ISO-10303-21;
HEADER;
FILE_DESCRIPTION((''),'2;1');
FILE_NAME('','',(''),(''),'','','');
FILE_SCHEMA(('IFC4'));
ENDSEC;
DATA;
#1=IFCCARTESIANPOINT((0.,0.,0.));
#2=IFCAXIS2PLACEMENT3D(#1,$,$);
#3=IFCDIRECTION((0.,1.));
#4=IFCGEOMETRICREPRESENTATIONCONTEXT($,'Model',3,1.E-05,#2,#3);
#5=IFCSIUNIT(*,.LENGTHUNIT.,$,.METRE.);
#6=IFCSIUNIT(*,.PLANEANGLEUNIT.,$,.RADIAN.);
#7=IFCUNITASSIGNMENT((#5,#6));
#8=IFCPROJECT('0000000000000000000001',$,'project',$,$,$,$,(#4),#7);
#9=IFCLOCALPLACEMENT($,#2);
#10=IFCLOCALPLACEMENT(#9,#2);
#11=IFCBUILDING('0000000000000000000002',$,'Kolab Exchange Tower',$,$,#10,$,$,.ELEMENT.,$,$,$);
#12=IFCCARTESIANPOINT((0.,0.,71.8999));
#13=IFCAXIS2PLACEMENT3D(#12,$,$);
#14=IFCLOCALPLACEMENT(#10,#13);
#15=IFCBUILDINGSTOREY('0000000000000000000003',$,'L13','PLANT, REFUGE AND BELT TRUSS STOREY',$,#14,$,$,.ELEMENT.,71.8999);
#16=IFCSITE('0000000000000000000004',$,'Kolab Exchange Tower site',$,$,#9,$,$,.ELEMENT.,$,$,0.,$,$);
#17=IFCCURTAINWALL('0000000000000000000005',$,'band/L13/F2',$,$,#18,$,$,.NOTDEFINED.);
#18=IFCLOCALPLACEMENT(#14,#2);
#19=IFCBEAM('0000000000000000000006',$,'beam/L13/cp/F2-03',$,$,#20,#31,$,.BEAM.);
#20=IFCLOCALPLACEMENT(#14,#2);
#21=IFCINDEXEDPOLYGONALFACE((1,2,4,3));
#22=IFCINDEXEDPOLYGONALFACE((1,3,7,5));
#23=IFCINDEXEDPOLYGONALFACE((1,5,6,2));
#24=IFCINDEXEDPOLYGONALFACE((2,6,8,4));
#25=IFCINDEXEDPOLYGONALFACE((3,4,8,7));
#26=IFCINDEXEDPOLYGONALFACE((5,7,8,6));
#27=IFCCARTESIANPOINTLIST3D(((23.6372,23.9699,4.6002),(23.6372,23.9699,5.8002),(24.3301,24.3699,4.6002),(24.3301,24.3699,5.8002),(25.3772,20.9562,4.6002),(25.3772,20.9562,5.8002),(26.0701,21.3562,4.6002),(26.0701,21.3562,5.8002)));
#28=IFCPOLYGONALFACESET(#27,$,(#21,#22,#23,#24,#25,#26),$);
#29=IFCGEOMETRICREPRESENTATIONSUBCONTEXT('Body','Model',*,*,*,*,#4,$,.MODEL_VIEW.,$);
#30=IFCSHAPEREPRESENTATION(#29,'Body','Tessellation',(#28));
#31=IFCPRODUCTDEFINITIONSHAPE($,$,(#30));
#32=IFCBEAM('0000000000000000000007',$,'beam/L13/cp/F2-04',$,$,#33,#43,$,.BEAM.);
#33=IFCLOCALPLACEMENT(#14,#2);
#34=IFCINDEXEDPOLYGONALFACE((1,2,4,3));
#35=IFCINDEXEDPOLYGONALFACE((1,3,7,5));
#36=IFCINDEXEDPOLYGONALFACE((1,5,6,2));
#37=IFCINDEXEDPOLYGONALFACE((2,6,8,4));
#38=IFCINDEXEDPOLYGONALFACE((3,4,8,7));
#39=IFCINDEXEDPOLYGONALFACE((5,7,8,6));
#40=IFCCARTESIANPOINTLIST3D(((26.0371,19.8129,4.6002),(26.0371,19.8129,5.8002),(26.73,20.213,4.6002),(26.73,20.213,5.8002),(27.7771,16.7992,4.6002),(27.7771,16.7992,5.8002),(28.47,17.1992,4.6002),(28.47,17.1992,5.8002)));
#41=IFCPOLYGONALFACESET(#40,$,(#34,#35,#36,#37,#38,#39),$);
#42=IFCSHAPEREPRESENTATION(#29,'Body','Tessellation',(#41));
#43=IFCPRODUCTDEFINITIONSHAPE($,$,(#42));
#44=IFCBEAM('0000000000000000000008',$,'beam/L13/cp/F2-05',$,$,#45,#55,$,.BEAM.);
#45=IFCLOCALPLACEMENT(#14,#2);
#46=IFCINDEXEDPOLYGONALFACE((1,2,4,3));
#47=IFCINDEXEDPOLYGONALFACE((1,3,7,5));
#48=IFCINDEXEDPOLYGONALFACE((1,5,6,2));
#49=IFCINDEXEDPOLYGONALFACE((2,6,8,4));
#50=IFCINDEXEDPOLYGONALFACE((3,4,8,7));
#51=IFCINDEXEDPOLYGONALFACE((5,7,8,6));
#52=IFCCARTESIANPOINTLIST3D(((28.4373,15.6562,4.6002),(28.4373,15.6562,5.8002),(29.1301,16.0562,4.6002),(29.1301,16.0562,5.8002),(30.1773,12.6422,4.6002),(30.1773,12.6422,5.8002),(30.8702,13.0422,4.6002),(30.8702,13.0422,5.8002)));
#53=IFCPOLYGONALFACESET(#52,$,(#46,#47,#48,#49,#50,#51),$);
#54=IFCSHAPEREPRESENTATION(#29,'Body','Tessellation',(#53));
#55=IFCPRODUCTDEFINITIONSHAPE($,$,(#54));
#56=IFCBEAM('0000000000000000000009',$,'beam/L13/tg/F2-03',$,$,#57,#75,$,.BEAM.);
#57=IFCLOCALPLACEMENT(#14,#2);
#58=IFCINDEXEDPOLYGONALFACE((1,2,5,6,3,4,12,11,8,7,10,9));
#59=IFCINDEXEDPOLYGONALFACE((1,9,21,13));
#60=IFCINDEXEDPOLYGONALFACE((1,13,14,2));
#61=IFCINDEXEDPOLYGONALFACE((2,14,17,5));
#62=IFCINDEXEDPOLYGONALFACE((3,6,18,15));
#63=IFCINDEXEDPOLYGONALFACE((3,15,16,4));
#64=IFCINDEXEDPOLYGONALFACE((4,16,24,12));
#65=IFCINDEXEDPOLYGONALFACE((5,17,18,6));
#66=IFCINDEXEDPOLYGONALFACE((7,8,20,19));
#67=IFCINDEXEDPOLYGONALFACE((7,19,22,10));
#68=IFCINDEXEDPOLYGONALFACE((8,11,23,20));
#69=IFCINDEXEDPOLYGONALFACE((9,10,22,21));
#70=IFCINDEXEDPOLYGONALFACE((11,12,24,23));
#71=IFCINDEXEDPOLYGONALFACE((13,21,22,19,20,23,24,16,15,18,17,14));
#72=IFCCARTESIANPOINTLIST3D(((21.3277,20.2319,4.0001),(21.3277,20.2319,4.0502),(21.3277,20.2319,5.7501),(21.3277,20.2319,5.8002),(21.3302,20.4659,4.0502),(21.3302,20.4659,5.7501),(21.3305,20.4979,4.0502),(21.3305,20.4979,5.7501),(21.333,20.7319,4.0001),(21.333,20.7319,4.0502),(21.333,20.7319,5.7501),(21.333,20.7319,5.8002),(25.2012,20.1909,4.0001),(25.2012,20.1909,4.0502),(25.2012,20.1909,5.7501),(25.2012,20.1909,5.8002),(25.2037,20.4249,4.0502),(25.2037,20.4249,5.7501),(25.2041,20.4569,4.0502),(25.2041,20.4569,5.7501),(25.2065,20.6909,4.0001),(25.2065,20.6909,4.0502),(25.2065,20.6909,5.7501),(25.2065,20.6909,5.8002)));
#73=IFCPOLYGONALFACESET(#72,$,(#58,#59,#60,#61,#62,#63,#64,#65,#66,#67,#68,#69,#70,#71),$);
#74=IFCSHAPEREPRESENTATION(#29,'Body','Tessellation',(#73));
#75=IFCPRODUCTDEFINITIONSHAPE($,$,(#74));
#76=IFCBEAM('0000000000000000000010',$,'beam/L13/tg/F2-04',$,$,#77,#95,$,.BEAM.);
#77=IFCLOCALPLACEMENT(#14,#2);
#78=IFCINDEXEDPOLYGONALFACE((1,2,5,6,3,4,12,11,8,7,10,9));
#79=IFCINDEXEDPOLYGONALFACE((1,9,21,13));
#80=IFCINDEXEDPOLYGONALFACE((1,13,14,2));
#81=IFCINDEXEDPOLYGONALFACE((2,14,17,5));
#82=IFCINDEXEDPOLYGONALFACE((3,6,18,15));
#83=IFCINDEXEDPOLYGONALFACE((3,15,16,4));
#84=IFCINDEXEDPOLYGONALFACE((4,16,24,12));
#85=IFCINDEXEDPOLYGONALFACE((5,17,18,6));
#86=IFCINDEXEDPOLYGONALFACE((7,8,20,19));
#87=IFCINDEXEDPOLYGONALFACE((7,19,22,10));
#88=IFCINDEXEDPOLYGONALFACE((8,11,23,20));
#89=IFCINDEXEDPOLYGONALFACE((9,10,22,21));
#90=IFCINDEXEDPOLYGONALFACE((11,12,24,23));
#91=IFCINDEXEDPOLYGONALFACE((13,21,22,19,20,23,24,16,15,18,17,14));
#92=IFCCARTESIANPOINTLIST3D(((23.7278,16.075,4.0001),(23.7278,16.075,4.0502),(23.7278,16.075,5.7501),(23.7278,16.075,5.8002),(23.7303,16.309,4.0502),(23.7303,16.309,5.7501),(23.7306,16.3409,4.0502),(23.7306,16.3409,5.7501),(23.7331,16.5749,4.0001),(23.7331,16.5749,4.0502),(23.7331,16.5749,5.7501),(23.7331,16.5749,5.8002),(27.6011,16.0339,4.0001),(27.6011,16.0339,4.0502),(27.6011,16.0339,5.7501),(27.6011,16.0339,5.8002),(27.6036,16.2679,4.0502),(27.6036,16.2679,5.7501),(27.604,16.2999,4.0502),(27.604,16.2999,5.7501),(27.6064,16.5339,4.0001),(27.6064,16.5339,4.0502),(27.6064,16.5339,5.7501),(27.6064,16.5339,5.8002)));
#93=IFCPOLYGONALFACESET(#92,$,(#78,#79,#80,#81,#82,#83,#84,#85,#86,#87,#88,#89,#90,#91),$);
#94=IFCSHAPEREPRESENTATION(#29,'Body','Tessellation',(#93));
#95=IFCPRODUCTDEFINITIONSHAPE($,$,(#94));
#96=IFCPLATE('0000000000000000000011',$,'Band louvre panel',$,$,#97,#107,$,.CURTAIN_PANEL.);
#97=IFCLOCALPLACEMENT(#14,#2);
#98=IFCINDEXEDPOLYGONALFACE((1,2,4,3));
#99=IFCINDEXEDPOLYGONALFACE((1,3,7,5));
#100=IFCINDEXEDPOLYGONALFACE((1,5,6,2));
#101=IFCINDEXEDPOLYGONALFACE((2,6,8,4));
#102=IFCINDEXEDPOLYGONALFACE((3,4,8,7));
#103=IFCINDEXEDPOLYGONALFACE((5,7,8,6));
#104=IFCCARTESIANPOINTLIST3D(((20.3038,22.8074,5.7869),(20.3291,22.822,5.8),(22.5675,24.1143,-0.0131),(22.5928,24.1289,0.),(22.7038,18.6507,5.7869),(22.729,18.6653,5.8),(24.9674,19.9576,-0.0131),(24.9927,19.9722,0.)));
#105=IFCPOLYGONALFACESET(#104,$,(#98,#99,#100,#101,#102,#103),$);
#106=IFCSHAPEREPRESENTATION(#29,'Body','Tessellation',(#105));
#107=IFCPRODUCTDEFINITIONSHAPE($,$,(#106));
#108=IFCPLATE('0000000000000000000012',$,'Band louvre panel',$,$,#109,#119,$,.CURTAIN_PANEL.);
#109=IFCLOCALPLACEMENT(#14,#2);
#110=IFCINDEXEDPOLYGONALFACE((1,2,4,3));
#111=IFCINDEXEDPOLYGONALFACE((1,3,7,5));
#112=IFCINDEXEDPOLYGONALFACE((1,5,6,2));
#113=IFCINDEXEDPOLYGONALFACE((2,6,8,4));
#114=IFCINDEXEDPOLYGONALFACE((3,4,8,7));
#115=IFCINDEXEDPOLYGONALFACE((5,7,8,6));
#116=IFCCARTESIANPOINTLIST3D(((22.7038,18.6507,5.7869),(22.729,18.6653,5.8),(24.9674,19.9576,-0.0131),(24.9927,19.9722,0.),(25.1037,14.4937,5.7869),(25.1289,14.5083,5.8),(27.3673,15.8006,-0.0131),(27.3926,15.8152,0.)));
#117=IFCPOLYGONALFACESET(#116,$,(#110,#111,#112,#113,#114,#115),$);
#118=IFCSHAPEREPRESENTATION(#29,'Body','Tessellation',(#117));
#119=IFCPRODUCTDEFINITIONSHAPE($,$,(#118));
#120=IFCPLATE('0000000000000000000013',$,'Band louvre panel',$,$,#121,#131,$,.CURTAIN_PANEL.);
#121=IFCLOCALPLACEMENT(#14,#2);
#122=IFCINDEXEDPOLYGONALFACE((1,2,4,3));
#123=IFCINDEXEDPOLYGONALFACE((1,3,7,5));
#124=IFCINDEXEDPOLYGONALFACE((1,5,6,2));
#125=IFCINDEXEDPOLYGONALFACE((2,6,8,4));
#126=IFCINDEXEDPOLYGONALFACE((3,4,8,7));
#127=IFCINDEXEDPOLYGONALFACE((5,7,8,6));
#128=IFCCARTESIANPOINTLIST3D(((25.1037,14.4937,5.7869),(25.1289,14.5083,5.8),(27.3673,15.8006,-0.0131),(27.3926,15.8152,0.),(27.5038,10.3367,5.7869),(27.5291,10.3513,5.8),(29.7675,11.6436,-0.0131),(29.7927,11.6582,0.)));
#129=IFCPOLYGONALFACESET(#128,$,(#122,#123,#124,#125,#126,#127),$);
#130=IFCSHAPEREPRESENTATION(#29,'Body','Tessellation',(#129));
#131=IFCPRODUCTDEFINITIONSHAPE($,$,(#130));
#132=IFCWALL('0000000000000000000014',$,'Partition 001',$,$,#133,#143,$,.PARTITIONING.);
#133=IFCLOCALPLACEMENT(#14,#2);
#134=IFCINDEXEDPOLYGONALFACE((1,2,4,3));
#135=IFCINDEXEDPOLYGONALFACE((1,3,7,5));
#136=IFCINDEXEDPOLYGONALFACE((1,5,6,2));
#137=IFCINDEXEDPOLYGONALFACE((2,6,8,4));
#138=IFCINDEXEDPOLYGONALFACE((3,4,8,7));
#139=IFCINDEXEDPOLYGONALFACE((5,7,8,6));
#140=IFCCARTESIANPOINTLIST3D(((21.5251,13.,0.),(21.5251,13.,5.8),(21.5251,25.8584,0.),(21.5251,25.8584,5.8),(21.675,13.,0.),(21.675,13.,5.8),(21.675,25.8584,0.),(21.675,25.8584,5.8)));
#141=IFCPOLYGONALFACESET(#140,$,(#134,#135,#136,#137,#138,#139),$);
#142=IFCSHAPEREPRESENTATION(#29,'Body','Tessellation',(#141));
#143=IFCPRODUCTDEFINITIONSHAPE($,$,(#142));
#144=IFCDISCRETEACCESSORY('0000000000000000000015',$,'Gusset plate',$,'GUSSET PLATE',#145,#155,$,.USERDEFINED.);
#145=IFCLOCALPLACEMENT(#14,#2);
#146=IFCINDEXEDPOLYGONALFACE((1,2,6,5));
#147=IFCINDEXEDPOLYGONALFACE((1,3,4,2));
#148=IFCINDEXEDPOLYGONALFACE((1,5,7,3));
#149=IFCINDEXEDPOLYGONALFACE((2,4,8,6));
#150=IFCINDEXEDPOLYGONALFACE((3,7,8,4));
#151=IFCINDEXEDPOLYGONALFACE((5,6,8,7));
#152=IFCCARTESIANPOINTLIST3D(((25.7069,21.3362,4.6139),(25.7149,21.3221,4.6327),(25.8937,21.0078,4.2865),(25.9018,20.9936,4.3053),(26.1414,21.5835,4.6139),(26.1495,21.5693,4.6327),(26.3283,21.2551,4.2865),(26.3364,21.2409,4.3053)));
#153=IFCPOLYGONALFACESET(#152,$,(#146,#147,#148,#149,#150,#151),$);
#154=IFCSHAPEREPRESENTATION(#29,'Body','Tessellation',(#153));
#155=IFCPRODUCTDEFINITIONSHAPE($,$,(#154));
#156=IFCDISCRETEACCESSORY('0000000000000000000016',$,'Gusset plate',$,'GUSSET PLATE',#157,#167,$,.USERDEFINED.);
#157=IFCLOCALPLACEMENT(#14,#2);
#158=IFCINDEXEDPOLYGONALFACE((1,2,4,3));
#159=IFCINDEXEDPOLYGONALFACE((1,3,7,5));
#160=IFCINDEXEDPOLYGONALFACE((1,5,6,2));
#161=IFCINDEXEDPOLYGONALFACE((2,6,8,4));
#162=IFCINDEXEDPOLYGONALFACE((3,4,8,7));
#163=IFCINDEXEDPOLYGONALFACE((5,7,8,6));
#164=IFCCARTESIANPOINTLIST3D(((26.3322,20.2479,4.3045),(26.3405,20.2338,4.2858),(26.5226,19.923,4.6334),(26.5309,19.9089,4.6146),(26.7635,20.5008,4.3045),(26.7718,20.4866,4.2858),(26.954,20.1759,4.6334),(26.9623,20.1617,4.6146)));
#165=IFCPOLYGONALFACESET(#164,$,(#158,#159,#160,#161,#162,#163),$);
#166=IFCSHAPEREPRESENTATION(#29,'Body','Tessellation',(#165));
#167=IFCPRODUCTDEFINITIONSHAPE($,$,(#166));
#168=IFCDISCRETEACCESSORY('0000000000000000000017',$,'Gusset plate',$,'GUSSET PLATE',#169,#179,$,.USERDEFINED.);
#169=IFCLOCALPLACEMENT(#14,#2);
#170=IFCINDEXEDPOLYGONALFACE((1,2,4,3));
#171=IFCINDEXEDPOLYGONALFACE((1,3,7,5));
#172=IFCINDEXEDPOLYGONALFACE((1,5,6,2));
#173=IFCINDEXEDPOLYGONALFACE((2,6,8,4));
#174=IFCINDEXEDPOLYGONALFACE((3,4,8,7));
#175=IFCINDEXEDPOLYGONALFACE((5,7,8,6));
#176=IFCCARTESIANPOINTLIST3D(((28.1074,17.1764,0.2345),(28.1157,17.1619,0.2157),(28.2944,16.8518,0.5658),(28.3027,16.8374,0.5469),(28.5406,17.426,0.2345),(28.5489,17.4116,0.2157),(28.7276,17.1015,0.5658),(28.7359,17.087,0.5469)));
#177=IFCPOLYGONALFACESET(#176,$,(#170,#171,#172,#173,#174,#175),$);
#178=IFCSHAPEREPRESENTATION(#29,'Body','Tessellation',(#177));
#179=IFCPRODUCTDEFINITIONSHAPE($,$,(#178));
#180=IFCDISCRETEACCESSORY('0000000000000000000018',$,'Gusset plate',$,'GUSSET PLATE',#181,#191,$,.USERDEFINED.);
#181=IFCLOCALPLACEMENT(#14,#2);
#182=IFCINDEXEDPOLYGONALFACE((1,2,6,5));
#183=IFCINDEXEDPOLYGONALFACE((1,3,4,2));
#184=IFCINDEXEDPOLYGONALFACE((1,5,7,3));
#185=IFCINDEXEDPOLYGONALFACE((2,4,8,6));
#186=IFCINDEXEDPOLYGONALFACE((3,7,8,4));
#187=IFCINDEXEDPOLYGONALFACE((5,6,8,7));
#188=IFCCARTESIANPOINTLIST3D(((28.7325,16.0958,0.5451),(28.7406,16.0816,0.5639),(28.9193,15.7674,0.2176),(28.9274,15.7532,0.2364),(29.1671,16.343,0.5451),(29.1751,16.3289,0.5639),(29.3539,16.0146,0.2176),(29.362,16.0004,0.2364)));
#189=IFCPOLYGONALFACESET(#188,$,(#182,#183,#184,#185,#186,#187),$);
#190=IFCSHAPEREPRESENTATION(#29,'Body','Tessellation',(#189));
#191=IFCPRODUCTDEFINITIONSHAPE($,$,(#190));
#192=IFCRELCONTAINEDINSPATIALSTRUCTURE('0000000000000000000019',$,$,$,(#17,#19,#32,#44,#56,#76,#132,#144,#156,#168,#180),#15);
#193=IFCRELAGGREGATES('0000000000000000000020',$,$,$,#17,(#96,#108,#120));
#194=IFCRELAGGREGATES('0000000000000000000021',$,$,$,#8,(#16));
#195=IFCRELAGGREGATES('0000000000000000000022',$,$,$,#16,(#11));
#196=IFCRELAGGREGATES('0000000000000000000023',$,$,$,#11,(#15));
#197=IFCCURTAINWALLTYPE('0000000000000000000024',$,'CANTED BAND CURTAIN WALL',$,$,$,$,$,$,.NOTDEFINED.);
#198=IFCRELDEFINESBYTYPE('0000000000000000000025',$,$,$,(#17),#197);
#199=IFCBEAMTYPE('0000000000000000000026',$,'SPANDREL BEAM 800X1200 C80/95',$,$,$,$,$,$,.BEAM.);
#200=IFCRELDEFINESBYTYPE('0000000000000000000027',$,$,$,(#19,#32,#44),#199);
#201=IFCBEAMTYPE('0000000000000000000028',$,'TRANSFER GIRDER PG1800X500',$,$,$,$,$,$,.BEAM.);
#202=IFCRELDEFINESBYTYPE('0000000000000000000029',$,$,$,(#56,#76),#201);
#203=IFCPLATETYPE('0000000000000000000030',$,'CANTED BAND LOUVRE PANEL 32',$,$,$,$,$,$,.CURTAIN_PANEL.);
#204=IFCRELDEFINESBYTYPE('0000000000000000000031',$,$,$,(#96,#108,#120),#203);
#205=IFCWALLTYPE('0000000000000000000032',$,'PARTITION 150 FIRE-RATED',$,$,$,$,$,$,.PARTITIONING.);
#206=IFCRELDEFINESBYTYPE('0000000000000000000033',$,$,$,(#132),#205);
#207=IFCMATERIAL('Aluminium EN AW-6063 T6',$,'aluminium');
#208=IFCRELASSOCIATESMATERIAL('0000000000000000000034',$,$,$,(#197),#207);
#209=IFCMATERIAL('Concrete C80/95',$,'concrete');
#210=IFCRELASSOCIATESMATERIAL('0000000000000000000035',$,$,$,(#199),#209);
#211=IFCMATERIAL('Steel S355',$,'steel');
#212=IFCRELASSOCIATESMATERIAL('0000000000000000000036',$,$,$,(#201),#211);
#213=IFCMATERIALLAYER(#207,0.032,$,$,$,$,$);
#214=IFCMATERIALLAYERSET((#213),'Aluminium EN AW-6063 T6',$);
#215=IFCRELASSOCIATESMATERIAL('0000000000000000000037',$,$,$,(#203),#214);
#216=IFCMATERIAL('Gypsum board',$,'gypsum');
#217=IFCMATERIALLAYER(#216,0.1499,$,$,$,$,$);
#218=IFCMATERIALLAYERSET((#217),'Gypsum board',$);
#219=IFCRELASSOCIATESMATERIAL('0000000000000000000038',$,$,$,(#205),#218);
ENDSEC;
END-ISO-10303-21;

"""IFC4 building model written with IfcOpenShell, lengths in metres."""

from ifc_helpers import new_model, si_unit, direction, frame, frame_2d, origin, origin_2d, place, context, subcontext, project, spatial, polyline, rectangle, i_section, outline, extrude, material, layer, layer_set, material_profile, profile_set, type_object, element, aggregate, save


model = new_model("IFC4")

# Units and contexts
model_context = context("Model", 3, precision=1e-05, world=origin(), true_north=direction((0.0, 1.0)))
body_context = subcontext(model_context, "Body", "Model", "MODEL_VIEW")
ifc_project = project(units=[si_unit("LENGTHUNIT", "METRE"), si_unit("PLANEANGLEUNIT", "RADIAN")], contexts=[model_context])

# Site, building, storey
site_placement = place(None, origin())
site = spatial("IfcSite", under=ifc_project, at=site_placement, Name="Kolab Exchange Tower site", CompositionType="ELEMENT", RefElevation=0.0)
building_placement = place(site_placement, origin())
building = spatial("IfcBuilding", under=site, at=building_placement, Name="Kolab Exchange Tower", CompositionType="ELEMENT")
storey_placement = place(building_placement, frame((0.0, 0.0, 71.8999)))
storey = spatial("IfcBuildingStorey", under=building, at=storey_placement, Name="L13", Description="PLANT, REFUGE AND BELT TRUSS STOREY", CompositionType="ELEMENT", Elevation=71.8999)

# Shared definitions
ifc_material_1 = material(Name="Concrete C80/95", Category="concrete")

# Shared definitions
ifc_material_2 = material(Name="Steel S355", Category="steel")

# Curtain wall
ifc_material_3 = material(Name="Aluminium EN AW-6063 T6", Category="aluminium")
curtain_wall_type = type_object("IfcCurtainWallType", Name="CANTED BAND CURTAIN WALL", PredefinedType="NOTDEFINED", material=ifc_material_3)
curtain_wall_placement = place(storey_placement, origin())
curtain_wall = element("IfcCurtainWall", 1, at=curtain_wall_placement, inside=storey, type_object=curtain_wall_type, Name="band/L13/F2", PredefinedType="NOTDEFINED")

# Beams
ifc_material_profile_1 = material_profile(ifc_material_1, rectangle(XDim=0.8, YDim=1.2, at=origin_2d()), Name="RC800X1200")
ifc_profile_set_1 = profile_set([ifc_material_profile_1], Name="Concrete C80/95")
beam_type_1 = type_object("IfcBeamType", Name="SPANDREL BEAM 800X1200 C80/95", PredefinedType="BEAM", material=ifc_profile_set_1)
for number, where, z_axis, x_axis, name in (
    (2, (23.9836, 24.1699, 5.2002), (0.50001, -0.86602, 0.0), (0.86602, 0.50001, 0.0), "beam/L13/cp/F2-03"),
    (3, (26.3835, 20.0129, 5.2002), (0.50001, -0.86602, 0.0), (0.86602, 0.50001, 0.0), "beam/L13/cp/F2-04"),
):
    element("IfcBeam", number, at=place(storey_placement, frame(where, z_axis=z_axis, x_axis=x_axis)), inside=storey, type_object=beam_type_1, Name=name, PredefinedType="BEAM", context=body_context, shape_type="SweptSolid", body=[
        extrude(rectangle(XDim=0.8, YDim=1.2, at=origin_2d()), origin(), (0.0, 0.0, 1.0), 3.48),
    ])
beam_1_placement = place(storey_placement, frame((28.7837, 15.8562, 5.2002), z_axis=(0.49998, -0.866037, 0.0), x_axis=(0.866037, 0.49998, 0.0)))
element("IfcBeam", 4, at=beam_1_placement, inside=storey, type_object=beam_type_1, Name="beam/L13/cp/F2-05", PredefinedType="BEAM", context=body_context, shape_type="SweptSolid", body=[
    extrude(rectangle(XDim=0.8, YDim=1.2, at=origin_2d()), origin(), (0.0, 0.0, 1.0), 3.4802),
])
ifc_material_profile_2 = material_profile(ifc_material_2, i_section(OverallWidth=0.5, OverallDepth=1.8, WebThickness=0.032, FlangeThickness=0.05, at=origin_2d()), Name="PG1800X500")
ifc_profile_set_2 = profile_set([ifc_material_profile_2], Name="Steel S355")
beam_type_2 = type_object("IfcBeamType", Name="TRANSFER GIRDER PG1800X500", PredefinedType="BEAM", material=ifc_profile_set_2)
beam_2_placement = place(storey_placement, frame((21.3303, 20.4819, 4.9001), z_axis=(0.999944, -0.010588, 0.0), x_axis=(0.010588, 0.999944, 0.0)))
element("IfcBeam", 5, at=beam_2_placement, inside=storey, type_object=beam_type_2, Name="beam/L13/tg/F2-03", PredefinedType="BEAM", context=body_context, shape_type="SweptSolid", body=[
    extrude(i_section(OverallWidth=0.5, OverallDepth=1.8, WebThickness=0.032, FlangeThickness=0.05, at=origin_2d()), origin(), (0.0, 0.0, 1.0), 3.8738),
])
beam_3_placement = place(storey_placement, frame((23.7305, 16.325, 4.9001), z_axis=(0.999944, -0.010589, 0.0), x_axis=(0.010589, 0.999944, 0.0)))
element("IfcBeam", 6, at=beam_3_placement, inside=storey, type_object=beam_type_2, Name="beam/L13/tg/F2-04", PredefinedType="BEAM", context=body_context, shape_type="SweptSolid", body=[
    extrude(i_section(OverallWidth=0.5, OverallDepth=1.8, WebThickness=0.032, FlangeThickness=0.05, at=origin_2d()), origin(), (0.0, 0.0, 1.0), 3.8735),
])

# Plates
ifc_layer_1 = layer(ifc_material_3, 0.032)
ifc_layer_set_1 = layer_set([ifc_layer_1], Name="Aluminium EN AW-6063 T6")
plate_type = type_object("IfcPlateType", Name="CANTED BAND LOUVRE PANEL 32", PredefinedType="CURTAIN_PANEL", material=ifc_layer_set_1)
plate_1_placement = place(storey_placement, frame((22.5928, 24.1289, 0.0), z_axis=(0.789552, 0.45585, 0.410864), x_axis=(0.500001, -0.866025, 0.0)))
plate_1 = element("IfcPlate", 7, at=plate_1_placement, type_object=plate_type, Name="Band louvre panel", PredefinedType="CURTAIN_PANEL", context=body_context, shape_type="SweptSolid", body=[
    extrude(outline(polyline([(0.0, 0.0), (4.7998, 0.0), (4.7997, -6.3618), (0.0, -6.3618), (0.0, 0.0)])), origin(), (0.0, 0.0, -1.0), 0.032),
])
plate_2_placement = place(storey_placement, frame((24.9927, 19.9722, 0.0), z_axis=(0.789563, 0.45583, 0.410864), x_axis=(0.499979, -0.866037, 0.0)))
plate_2 = element("IfcPlate", 8, at=plate_2_placement, type_object=plate_type, Name="Band louvre panel", PredefinedType="CURTAIN_PANEL", context=body_context, shape_type="SweptSolid", body=[
    extrude(outline(polyline([(0.0, 0.0), (4.8, 0.0), (4.8, -6.3618), (0.0, -6.3618), (0.0, 0.0)])), origin(), (0.0, 0.0, -1.0), 0.032),
])
plate_3_placement = place(storey_placement, frame((27.3926, 15.8152, 0.0), z_axis=(0.789543, 0.455864, 0.410864), x_axis=(0.500017, -0.866015, 0.0)))
plate_3 = element("IfcPlate", 9, at=plate_3_placement, type_object=plate_type, Name="Band louvre panel", PredefinedType="CURTAIN_PANEL", context=body_context, shape_type="SweptSolid", body=[
    extrude(outline(polyline([(0.0, 0.0), (4.8001, 0.0), (4.8, -6.3618), (-0.0001, -6.3618), (0.0, 0.0)])), origin(), (0.0, 0.0, -1.0), 0.032),
])
aggregate(curtain_wall, [plate_1, plate_2, plate_3])

# Wall
ifc_material_4 = material(Name="Gypsum board", Category="gypsum")
ifc_layer_2 = layer(ifc_material_4, 0.1499)
ifc_layer_set_2 = layer_set([ifc_layer_2], Name="Gypsum board")
wall_type = type_object("IfcWallType", Name="PARTITION 150 FIRE-RATED", PredefinedType="PARTITIONING", material=ifc_layer_set_2)
wall_placement = place(storey_placement, frame((21.6001, 13.0, 0.0), z_axis=(0.0, 0.0, 1.0), x_axis=(0.0, 1.0, 0.0)))
element("IfcWall", 10, at=wall_placement, inside=storey, type_object=wall_type, Name="Partition 001", PredefinedType="PARTITIONING", context=body_context, shape_type="SweptSolid", body=[
    extrude(rectangle(XDim=12.8584, YDim=0.1499, at=frame_2d((6.4292, 0.0))), origin(), (0.0, 0.0, 1.0), 5.8),
])

# Discrete accessories
for number, where, z_axis, x_axis, name in (
    (11, (26.0176, 21.2957, 4.4502), (0.323872, -0.56923, 0.755701), (0.869164, 0.494524, 0.0), "Gusset plate"),
    (12, (26.6514, 20.1978, 4.4502), (-0.332615, 0.567402, 0.753275), (-0.862698, -0.505719, 0.0), "Gusset plate"),
):
    element("IfcDiscreteAccessory", number, at=place(storey_placement, frame(where, z_axis=z_axis, x_axis=x_axis)), inside=storey, Name=name, ObjectType="GUSSET PLATE", PredefinedType="USERDEFINED", context=body_context, shape_type="SweptSolid", body=[
        extrude(rectangle(XDim=0.5, YDim=0.5, at=origin_2d()), origin(), (0.0, 0.0, 1.0), 0.0249),
    ])
discrete_accessory_1_placement = place(storey_placement, frame((28.4175, 17.1389, 0.4001), z_axis=(0.330768, -0.57398, -0.749092), x_axis=(0.86643, 0.499299, 0.0)))
element("IfcDiscreteAccessory", 13, at=discrete_accessory_1_placement, inside=storey, Name="Gusset plate", ObjectType="GUSSET PLATE", PredefinedType="USERDEFINED", context=body_context, shape_type="SweptSolid", body=[
    extrude(rectangle(XDim=0.5, YDim=0.5, at=origin_2d()), origin(), (0.0, 0.0, 1.0), 0.0251),
])
discrete_accessory_2_placement = place(storey_placement, frame((29.0513, 16.041, 0.4001), z_axis=(-0.323872, 0.56923, -0.755701), x_axis=(-0.869164, -0.494524, 0.0)))
element("IfcDiscreteAccessory", 14, at=discrete_accessory_2_placement, inside=storey, Name="Gusset plate", ObjectType="GUSSET PLATE", PredefinedType="USERDEFINED", context=body_context, shape_type="SweptSolid", body=[
    extrude(rectangle(XDim=0.5, YDim=0.5, at=origin_2d()), origin(), (0.0, 0.0, 1.0), 0.0249),
])

save(model, "model.ifc")
